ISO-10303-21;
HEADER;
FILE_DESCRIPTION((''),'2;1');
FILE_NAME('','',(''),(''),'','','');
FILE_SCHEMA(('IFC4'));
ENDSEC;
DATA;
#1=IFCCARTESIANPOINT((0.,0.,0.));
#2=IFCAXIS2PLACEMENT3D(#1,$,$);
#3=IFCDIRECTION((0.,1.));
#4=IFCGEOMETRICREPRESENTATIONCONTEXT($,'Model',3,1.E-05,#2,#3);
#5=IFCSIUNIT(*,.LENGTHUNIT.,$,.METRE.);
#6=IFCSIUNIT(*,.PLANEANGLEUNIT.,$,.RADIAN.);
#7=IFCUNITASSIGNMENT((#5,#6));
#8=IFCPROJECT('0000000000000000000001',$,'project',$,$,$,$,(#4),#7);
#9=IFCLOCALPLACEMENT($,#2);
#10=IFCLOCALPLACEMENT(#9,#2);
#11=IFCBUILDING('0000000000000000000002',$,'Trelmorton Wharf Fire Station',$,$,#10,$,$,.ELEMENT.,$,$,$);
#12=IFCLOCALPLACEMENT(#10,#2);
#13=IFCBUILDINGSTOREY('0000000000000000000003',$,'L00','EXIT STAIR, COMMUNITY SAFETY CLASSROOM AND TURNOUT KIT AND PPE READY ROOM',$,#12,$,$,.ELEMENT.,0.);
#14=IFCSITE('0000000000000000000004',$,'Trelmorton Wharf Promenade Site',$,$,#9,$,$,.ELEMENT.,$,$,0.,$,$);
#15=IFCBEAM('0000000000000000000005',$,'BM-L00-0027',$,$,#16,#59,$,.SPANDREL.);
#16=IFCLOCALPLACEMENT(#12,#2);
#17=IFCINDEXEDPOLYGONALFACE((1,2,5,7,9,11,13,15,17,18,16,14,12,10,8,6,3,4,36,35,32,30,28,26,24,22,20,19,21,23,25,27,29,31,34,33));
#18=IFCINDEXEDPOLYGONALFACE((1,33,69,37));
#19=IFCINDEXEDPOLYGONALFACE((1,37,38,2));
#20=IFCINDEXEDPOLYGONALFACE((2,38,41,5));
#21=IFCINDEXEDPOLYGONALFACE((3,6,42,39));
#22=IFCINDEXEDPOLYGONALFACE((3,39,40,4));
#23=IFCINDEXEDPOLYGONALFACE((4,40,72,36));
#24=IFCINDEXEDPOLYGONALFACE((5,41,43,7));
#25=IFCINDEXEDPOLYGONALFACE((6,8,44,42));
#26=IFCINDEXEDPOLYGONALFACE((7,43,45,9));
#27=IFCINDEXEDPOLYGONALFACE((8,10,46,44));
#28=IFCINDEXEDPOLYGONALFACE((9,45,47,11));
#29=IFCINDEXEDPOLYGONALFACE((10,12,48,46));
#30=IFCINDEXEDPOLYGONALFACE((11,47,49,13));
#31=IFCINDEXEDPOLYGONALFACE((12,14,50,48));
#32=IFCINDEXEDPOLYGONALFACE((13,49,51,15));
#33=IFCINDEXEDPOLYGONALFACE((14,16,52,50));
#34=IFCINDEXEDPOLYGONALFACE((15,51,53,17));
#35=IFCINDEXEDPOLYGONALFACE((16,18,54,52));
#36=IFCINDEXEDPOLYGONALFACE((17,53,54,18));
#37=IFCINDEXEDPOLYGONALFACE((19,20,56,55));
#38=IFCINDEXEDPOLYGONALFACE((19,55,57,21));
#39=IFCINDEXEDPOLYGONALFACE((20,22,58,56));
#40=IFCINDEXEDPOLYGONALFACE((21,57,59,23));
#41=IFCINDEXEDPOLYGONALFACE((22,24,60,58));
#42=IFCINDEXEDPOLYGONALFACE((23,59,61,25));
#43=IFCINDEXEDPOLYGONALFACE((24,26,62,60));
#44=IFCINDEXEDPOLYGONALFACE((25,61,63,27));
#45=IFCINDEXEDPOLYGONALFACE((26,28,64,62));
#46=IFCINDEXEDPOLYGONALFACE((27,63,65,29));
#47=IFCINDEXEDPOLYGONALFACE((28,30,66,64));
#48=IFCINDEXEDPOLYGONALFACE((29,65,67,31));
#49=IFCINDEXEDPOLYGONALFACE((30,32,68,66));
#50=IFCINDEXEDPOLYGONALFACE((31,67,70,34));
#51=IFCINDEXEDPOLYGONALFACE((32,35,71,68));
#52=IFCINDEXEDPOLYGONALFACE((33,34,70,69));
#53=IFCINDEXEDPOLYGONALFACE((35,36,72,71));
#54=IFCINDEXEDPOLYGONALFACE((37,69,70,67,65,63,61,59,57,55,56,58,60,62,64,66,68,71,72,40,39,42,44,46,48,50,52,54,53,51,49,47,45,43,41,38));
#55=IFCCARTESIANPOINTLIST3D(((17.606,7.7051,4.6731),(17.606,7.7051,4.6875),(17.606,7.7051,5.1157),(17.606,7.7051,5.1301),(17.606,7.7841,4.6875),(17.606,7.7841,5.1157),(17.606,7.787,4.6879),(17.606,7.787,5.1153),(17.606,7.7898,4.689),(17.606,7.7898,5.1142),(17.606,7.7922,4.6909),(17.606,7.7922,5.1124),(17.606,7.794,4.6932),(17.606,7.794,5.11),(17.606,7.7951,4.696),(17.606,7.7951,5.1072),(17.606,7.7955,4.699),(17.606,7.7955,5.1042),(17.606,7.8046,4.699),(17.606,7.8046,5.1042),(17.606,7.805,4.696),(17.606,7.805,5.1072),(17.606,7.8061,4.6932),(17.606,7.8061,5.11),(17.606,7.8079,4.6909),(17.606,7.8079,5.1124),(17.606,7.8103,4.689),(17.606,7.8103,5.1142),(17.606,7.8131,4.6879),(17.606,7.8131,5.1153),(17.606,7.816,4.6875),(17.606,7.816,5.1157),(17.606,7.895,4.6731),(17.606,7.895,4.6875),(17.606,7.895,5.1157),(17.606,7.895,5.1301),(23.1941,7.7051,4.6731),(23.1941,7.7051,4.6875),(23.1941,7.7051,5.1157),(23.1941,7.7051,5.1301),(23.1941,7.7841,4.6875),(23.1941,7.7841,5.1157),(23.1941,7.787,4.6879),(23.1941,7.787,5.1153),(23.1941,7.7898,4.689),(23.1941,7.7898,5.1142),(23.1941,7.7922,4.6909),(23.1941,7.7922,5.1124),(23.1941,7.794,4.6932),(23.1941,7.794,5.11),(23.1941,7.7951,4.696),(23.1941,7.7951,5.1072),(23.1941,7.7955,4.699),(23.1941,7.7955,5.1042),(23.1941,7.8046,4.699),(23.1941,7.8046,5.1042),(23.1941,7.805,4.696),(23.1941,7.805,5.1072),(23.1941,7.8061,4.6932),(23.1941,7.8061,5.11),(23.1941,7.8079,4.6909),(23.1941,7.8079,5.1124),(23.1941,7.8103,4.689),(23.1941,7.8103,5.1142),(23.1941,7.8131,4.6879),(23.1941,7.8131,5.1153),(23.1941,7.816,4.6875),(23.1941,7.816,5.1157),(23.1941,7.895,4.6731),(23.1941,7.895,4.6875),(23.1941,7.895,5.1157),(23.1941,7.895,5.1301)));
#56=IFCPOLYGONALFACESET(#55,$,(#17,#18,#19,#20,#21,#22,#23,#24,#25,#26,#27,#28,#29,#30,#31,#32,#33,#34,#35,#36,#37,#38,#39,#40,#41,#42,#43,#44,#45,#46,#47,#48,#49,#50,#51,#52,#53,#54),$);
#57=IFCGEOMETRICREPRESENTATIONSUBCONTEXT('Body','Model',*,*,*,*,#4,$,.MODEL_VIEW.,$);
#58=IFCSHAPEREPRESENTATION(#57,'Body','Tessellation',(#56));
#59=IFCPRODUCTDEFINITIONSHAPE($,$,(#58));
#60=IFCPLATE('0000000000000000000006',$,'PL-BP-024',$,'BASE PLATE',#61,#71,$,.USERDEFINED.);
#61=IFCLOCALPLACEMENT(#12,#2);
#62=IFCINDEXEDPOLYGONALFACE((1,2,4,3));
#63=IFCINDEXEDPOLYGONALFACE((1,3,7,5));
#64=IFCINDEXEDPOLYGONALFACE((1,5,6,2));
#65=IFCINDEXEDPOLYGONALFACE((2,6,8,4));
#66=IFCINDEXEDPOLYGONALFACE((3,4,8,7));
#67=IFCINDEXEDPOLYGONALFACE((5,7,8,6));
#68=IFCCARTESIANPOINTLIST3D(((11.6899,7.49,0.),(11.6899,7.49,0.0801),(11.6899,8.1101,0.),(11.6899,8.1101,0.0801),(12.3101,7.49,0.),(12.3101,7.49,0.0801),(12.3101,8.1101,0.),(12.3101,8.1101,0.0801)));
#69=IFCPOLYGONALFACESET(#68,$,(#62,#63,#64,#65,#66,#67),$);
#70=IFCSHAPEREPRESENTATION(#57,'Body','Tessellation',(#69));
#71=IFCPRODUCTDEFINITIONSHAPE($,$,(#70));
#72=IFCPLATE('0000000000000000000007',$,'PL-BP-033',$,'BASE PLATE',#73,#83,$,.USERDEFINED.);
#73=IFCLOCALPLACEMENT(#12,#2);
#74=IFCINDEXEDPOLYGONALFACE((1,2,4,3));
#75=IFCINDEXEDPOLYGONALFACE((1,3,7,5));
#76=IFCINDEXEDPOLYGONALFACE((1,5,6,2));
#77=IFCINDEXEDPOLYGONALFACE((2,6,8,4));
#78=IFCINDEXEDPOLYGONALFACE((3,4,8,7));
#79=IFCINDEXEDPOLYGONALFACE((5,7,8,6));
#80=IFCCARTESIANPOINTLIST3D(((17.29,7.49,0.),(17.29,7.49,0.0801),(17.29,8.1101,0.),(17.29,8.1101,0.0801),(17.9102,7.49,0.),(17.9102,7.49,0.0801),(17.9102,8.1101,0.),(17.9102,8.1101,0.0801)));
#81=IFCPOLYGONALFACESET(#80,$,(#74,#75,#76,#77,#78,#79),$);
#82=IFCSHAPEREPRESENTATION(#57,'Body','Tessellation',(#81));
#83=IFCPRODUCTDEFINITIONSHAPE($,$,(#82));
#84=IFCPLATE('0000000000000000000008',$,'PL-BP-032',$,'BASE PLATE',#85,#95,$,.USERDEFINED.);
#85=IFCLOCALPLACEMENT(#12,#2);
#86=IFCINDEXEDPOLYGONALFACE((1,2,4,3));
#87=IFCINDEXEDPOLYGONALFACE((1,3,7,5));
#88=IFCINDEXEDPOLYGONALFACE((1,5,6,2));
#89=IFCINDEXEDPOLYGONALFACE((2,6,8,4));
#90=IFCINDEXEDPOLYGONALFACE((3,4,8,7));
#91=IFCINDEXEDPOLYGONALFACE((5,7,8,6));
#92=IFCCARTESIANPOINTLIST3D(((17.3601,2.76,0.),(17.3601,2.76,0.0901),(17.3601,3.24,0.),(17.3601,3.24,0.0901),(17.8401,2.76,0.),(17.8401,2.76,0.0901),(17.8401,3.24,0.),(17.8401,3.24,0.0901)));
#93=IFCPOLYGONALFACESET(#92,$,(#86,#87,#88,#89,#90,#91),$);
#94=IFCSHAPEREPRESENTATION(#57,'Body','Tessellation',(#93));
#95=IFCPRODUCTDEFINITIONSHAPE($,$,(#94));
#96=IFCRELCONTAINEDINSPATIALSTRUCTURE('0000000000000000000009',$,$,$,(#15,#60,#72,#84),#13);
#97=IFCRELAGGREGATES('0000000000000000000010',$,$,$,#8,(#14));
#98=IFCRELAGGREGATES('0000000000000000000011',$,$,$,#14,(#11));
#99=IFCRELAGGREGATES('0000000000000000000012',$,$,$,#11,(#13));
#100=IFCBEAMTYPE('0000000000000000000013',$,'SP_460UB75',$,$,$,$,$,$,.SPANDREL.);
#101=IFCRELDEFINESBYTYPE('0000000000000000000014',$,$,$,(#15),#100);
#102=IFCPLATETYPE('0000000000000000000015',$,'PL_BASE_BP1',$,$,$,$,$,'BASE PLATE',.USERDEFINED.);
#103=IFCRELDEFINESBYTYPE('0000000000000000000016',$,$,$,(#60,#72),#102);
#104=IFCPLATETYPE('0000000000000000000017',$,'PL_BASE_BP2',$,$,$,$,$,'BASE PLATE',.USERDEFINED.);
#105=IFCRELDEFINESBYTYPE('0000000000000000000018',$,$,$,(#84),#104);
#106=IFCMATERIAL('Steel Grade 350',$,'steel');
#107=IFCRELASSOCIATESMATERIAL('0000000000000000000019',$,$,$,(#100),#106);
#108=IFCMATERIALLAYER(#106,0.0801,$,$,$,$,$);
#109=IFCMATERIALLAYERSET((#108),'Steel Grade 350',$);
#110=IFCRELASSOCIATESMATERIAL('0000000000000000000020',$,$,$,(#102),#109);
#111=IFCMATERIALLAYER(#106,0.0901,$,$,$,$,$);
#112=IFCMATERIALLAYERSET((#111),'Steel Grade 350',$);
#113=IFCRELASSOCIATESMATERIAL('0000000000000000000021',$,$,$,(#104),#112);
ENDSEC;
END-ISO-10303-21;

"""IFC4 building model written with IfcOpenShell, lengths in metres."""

from ifc_helpers import new_model, si_unit, direction, frame, origin, origin_2d, place, context, subcontext, project, spatial, rectangle, i_section, extrude, material, layer, layer_set, material_profile, profile_set, type_object, element, save


model = new_model("IFC4")

# Units and contexts
model_context = context("Model", 3, precision=1e-05, world=origin(), true_north=direction((0.0, 1.0)))
body_context = subcontext(model_context, "Body", "Model", "MODEL_VIEW")
ifc_project = project(units=[si_unit("LENGTHUNIT", "METRE"), si_unit("PLANEANGLEUNIT", "RADIAN")], contexts=[model_context])

# Site, building, storey
site_placement = place(None, origin())
site = spatial("IfcSite", under=ifc_project, at=site_placement, Name="Trelmorton Wharf Promenade Site", CompositionType="ELEMENT", RefElevation=0.0)
building_placement = place(site_placement, origin())
building = spatial("IfcBuilding", under=site, at=building_placement, Name="Trelmorton Wharf Fire Station", CompositionType="ELEMENT")
storey_placement = place(building_placement, origin())
storey = spatial("IfcBuildingStorey", under=building, at=storey_placement, Name="L00", Description="EXIT STAIR, COMMUNITY SAFETY CLASSROOM AND TURNOUT KIT AND PPE READY ROOM", CompositionType="ELEMENT", Elevation=0.0)

# Shared definitions
ifc_material_1 = material(Name="Steel Grade 350", Category="steel")

# Beam
ifc_material_profile_1 = material_profile(ifc_material_1, i_section(OverallWidth=0.1899, OverallDepth=0.457, WebThickness=0.009, FlangeThickness=0.0144, FilletRadius=0.0115, at=origin_2d()), Name="460UB74.6")
ifc_profile_set_1 = profile_set([ifc_material_profile_1], Name="Steel Grade 350")
beam_type_1 = type_object("IfcBeamType", Name="SP_460UB75", PredefinedType="SPANDREL", material=ifc_profile_set_1)
beam_1_placement = place(storey_placement, frame((17.606, 7.8, 4.9016), z_axis=(1.0, 0.0, 0.0), x_axis=(0.0, 1.0, 0.0)))
element("IfcBeam", 1, at=beam_1_placement, inside=storey, type_object=beam_type_1, Name="BM-L00-0027", PredefinedType="SPANDREL", context=body_context, shape_type="SweptSolid", body=[
    extrude(i_section(OverallWidth=0.1899, OverallDepth=0.457, WebThickness=0.009, FlangeThickness=0.0144, FilletRadius=0.0115, at=origin_2d()), origin(), (0.0, 0.0, 1.0), 5.5881),
])

# Plates
ifc_layer_1 = layer(ifc_material_1, 0.0801)
ifc_layer_set_1 = layer_set([ifc_layer_1], Name="Steel Grade 350")
plate_type_1 = type_object("IfcPlateType", Name="PL_BASE_BP1", ElementType="BASE PLATE", PredefinedType="USERDEFINED", material=ifc_layer_set_1)
for number, where, z_axis, x_axis, name in (
    (2, (12.0, 7.8, 0.0), (0.0, 0.0, 1.0), (1.0, 0.0, 0.0), "PL-BP-024"),
    (3, (17.6001, 7.8, 0.0), (0.0, 0.0, 1.0), (1.0, 0.0, 0.0), "PL-BP-033"),
):
    element("IfcPlate", number, at=place(storey_placement, frame(where, z_axis=z_axis, x_axis=x_axis)), inside=storey, type_object=plate_type_1, Name=name, ObjectType="BASE PLATE", PredefinedType="USERDEFINED", context=body_context, shape_type="SweptSolid", body=[
        extrude(rectangle(XDim=0.6201, YDim=0.6201, at=origin_2d()), origin(), (0.0, 0.0, 1.0), 0.0801),
    ])
ifc_layer_2 = layer(ifc_material_1, 0.0901)
ifc_layer_set_2 = layer_set([ifc_layer_2], Name="Steel Grade 350")
plate_type_2 = type_object("IfcPlateType", Name="PL_BASE_BP2", ElementType="BASE PLATE", PredefinedType="USERDEFINED", material=ifc_layer_set_2)
plate_placement = place(storey_placement, frame((17.6001, 3.0, 0.0), z_axis=(0.0, 0.0, 1.0), x_axis=(1.0, 0.0, 0.0)))
element("IfcPlate", 4, at=plate_placement, inside=storey, type_object=plate_type_2, Name="PL-BP-032", ObjectType="BASE PLATE", PredefinedType="USERDEFINED", context=body_context, shape_type="SweptSolid", body=[
    extrude(rectangle(XDim=0.48, YDim=0.48, at=origin_2d()), origin(), (0.0, 0.0, 1.0), 0.0901),
])

save(model, "model.ifc")
